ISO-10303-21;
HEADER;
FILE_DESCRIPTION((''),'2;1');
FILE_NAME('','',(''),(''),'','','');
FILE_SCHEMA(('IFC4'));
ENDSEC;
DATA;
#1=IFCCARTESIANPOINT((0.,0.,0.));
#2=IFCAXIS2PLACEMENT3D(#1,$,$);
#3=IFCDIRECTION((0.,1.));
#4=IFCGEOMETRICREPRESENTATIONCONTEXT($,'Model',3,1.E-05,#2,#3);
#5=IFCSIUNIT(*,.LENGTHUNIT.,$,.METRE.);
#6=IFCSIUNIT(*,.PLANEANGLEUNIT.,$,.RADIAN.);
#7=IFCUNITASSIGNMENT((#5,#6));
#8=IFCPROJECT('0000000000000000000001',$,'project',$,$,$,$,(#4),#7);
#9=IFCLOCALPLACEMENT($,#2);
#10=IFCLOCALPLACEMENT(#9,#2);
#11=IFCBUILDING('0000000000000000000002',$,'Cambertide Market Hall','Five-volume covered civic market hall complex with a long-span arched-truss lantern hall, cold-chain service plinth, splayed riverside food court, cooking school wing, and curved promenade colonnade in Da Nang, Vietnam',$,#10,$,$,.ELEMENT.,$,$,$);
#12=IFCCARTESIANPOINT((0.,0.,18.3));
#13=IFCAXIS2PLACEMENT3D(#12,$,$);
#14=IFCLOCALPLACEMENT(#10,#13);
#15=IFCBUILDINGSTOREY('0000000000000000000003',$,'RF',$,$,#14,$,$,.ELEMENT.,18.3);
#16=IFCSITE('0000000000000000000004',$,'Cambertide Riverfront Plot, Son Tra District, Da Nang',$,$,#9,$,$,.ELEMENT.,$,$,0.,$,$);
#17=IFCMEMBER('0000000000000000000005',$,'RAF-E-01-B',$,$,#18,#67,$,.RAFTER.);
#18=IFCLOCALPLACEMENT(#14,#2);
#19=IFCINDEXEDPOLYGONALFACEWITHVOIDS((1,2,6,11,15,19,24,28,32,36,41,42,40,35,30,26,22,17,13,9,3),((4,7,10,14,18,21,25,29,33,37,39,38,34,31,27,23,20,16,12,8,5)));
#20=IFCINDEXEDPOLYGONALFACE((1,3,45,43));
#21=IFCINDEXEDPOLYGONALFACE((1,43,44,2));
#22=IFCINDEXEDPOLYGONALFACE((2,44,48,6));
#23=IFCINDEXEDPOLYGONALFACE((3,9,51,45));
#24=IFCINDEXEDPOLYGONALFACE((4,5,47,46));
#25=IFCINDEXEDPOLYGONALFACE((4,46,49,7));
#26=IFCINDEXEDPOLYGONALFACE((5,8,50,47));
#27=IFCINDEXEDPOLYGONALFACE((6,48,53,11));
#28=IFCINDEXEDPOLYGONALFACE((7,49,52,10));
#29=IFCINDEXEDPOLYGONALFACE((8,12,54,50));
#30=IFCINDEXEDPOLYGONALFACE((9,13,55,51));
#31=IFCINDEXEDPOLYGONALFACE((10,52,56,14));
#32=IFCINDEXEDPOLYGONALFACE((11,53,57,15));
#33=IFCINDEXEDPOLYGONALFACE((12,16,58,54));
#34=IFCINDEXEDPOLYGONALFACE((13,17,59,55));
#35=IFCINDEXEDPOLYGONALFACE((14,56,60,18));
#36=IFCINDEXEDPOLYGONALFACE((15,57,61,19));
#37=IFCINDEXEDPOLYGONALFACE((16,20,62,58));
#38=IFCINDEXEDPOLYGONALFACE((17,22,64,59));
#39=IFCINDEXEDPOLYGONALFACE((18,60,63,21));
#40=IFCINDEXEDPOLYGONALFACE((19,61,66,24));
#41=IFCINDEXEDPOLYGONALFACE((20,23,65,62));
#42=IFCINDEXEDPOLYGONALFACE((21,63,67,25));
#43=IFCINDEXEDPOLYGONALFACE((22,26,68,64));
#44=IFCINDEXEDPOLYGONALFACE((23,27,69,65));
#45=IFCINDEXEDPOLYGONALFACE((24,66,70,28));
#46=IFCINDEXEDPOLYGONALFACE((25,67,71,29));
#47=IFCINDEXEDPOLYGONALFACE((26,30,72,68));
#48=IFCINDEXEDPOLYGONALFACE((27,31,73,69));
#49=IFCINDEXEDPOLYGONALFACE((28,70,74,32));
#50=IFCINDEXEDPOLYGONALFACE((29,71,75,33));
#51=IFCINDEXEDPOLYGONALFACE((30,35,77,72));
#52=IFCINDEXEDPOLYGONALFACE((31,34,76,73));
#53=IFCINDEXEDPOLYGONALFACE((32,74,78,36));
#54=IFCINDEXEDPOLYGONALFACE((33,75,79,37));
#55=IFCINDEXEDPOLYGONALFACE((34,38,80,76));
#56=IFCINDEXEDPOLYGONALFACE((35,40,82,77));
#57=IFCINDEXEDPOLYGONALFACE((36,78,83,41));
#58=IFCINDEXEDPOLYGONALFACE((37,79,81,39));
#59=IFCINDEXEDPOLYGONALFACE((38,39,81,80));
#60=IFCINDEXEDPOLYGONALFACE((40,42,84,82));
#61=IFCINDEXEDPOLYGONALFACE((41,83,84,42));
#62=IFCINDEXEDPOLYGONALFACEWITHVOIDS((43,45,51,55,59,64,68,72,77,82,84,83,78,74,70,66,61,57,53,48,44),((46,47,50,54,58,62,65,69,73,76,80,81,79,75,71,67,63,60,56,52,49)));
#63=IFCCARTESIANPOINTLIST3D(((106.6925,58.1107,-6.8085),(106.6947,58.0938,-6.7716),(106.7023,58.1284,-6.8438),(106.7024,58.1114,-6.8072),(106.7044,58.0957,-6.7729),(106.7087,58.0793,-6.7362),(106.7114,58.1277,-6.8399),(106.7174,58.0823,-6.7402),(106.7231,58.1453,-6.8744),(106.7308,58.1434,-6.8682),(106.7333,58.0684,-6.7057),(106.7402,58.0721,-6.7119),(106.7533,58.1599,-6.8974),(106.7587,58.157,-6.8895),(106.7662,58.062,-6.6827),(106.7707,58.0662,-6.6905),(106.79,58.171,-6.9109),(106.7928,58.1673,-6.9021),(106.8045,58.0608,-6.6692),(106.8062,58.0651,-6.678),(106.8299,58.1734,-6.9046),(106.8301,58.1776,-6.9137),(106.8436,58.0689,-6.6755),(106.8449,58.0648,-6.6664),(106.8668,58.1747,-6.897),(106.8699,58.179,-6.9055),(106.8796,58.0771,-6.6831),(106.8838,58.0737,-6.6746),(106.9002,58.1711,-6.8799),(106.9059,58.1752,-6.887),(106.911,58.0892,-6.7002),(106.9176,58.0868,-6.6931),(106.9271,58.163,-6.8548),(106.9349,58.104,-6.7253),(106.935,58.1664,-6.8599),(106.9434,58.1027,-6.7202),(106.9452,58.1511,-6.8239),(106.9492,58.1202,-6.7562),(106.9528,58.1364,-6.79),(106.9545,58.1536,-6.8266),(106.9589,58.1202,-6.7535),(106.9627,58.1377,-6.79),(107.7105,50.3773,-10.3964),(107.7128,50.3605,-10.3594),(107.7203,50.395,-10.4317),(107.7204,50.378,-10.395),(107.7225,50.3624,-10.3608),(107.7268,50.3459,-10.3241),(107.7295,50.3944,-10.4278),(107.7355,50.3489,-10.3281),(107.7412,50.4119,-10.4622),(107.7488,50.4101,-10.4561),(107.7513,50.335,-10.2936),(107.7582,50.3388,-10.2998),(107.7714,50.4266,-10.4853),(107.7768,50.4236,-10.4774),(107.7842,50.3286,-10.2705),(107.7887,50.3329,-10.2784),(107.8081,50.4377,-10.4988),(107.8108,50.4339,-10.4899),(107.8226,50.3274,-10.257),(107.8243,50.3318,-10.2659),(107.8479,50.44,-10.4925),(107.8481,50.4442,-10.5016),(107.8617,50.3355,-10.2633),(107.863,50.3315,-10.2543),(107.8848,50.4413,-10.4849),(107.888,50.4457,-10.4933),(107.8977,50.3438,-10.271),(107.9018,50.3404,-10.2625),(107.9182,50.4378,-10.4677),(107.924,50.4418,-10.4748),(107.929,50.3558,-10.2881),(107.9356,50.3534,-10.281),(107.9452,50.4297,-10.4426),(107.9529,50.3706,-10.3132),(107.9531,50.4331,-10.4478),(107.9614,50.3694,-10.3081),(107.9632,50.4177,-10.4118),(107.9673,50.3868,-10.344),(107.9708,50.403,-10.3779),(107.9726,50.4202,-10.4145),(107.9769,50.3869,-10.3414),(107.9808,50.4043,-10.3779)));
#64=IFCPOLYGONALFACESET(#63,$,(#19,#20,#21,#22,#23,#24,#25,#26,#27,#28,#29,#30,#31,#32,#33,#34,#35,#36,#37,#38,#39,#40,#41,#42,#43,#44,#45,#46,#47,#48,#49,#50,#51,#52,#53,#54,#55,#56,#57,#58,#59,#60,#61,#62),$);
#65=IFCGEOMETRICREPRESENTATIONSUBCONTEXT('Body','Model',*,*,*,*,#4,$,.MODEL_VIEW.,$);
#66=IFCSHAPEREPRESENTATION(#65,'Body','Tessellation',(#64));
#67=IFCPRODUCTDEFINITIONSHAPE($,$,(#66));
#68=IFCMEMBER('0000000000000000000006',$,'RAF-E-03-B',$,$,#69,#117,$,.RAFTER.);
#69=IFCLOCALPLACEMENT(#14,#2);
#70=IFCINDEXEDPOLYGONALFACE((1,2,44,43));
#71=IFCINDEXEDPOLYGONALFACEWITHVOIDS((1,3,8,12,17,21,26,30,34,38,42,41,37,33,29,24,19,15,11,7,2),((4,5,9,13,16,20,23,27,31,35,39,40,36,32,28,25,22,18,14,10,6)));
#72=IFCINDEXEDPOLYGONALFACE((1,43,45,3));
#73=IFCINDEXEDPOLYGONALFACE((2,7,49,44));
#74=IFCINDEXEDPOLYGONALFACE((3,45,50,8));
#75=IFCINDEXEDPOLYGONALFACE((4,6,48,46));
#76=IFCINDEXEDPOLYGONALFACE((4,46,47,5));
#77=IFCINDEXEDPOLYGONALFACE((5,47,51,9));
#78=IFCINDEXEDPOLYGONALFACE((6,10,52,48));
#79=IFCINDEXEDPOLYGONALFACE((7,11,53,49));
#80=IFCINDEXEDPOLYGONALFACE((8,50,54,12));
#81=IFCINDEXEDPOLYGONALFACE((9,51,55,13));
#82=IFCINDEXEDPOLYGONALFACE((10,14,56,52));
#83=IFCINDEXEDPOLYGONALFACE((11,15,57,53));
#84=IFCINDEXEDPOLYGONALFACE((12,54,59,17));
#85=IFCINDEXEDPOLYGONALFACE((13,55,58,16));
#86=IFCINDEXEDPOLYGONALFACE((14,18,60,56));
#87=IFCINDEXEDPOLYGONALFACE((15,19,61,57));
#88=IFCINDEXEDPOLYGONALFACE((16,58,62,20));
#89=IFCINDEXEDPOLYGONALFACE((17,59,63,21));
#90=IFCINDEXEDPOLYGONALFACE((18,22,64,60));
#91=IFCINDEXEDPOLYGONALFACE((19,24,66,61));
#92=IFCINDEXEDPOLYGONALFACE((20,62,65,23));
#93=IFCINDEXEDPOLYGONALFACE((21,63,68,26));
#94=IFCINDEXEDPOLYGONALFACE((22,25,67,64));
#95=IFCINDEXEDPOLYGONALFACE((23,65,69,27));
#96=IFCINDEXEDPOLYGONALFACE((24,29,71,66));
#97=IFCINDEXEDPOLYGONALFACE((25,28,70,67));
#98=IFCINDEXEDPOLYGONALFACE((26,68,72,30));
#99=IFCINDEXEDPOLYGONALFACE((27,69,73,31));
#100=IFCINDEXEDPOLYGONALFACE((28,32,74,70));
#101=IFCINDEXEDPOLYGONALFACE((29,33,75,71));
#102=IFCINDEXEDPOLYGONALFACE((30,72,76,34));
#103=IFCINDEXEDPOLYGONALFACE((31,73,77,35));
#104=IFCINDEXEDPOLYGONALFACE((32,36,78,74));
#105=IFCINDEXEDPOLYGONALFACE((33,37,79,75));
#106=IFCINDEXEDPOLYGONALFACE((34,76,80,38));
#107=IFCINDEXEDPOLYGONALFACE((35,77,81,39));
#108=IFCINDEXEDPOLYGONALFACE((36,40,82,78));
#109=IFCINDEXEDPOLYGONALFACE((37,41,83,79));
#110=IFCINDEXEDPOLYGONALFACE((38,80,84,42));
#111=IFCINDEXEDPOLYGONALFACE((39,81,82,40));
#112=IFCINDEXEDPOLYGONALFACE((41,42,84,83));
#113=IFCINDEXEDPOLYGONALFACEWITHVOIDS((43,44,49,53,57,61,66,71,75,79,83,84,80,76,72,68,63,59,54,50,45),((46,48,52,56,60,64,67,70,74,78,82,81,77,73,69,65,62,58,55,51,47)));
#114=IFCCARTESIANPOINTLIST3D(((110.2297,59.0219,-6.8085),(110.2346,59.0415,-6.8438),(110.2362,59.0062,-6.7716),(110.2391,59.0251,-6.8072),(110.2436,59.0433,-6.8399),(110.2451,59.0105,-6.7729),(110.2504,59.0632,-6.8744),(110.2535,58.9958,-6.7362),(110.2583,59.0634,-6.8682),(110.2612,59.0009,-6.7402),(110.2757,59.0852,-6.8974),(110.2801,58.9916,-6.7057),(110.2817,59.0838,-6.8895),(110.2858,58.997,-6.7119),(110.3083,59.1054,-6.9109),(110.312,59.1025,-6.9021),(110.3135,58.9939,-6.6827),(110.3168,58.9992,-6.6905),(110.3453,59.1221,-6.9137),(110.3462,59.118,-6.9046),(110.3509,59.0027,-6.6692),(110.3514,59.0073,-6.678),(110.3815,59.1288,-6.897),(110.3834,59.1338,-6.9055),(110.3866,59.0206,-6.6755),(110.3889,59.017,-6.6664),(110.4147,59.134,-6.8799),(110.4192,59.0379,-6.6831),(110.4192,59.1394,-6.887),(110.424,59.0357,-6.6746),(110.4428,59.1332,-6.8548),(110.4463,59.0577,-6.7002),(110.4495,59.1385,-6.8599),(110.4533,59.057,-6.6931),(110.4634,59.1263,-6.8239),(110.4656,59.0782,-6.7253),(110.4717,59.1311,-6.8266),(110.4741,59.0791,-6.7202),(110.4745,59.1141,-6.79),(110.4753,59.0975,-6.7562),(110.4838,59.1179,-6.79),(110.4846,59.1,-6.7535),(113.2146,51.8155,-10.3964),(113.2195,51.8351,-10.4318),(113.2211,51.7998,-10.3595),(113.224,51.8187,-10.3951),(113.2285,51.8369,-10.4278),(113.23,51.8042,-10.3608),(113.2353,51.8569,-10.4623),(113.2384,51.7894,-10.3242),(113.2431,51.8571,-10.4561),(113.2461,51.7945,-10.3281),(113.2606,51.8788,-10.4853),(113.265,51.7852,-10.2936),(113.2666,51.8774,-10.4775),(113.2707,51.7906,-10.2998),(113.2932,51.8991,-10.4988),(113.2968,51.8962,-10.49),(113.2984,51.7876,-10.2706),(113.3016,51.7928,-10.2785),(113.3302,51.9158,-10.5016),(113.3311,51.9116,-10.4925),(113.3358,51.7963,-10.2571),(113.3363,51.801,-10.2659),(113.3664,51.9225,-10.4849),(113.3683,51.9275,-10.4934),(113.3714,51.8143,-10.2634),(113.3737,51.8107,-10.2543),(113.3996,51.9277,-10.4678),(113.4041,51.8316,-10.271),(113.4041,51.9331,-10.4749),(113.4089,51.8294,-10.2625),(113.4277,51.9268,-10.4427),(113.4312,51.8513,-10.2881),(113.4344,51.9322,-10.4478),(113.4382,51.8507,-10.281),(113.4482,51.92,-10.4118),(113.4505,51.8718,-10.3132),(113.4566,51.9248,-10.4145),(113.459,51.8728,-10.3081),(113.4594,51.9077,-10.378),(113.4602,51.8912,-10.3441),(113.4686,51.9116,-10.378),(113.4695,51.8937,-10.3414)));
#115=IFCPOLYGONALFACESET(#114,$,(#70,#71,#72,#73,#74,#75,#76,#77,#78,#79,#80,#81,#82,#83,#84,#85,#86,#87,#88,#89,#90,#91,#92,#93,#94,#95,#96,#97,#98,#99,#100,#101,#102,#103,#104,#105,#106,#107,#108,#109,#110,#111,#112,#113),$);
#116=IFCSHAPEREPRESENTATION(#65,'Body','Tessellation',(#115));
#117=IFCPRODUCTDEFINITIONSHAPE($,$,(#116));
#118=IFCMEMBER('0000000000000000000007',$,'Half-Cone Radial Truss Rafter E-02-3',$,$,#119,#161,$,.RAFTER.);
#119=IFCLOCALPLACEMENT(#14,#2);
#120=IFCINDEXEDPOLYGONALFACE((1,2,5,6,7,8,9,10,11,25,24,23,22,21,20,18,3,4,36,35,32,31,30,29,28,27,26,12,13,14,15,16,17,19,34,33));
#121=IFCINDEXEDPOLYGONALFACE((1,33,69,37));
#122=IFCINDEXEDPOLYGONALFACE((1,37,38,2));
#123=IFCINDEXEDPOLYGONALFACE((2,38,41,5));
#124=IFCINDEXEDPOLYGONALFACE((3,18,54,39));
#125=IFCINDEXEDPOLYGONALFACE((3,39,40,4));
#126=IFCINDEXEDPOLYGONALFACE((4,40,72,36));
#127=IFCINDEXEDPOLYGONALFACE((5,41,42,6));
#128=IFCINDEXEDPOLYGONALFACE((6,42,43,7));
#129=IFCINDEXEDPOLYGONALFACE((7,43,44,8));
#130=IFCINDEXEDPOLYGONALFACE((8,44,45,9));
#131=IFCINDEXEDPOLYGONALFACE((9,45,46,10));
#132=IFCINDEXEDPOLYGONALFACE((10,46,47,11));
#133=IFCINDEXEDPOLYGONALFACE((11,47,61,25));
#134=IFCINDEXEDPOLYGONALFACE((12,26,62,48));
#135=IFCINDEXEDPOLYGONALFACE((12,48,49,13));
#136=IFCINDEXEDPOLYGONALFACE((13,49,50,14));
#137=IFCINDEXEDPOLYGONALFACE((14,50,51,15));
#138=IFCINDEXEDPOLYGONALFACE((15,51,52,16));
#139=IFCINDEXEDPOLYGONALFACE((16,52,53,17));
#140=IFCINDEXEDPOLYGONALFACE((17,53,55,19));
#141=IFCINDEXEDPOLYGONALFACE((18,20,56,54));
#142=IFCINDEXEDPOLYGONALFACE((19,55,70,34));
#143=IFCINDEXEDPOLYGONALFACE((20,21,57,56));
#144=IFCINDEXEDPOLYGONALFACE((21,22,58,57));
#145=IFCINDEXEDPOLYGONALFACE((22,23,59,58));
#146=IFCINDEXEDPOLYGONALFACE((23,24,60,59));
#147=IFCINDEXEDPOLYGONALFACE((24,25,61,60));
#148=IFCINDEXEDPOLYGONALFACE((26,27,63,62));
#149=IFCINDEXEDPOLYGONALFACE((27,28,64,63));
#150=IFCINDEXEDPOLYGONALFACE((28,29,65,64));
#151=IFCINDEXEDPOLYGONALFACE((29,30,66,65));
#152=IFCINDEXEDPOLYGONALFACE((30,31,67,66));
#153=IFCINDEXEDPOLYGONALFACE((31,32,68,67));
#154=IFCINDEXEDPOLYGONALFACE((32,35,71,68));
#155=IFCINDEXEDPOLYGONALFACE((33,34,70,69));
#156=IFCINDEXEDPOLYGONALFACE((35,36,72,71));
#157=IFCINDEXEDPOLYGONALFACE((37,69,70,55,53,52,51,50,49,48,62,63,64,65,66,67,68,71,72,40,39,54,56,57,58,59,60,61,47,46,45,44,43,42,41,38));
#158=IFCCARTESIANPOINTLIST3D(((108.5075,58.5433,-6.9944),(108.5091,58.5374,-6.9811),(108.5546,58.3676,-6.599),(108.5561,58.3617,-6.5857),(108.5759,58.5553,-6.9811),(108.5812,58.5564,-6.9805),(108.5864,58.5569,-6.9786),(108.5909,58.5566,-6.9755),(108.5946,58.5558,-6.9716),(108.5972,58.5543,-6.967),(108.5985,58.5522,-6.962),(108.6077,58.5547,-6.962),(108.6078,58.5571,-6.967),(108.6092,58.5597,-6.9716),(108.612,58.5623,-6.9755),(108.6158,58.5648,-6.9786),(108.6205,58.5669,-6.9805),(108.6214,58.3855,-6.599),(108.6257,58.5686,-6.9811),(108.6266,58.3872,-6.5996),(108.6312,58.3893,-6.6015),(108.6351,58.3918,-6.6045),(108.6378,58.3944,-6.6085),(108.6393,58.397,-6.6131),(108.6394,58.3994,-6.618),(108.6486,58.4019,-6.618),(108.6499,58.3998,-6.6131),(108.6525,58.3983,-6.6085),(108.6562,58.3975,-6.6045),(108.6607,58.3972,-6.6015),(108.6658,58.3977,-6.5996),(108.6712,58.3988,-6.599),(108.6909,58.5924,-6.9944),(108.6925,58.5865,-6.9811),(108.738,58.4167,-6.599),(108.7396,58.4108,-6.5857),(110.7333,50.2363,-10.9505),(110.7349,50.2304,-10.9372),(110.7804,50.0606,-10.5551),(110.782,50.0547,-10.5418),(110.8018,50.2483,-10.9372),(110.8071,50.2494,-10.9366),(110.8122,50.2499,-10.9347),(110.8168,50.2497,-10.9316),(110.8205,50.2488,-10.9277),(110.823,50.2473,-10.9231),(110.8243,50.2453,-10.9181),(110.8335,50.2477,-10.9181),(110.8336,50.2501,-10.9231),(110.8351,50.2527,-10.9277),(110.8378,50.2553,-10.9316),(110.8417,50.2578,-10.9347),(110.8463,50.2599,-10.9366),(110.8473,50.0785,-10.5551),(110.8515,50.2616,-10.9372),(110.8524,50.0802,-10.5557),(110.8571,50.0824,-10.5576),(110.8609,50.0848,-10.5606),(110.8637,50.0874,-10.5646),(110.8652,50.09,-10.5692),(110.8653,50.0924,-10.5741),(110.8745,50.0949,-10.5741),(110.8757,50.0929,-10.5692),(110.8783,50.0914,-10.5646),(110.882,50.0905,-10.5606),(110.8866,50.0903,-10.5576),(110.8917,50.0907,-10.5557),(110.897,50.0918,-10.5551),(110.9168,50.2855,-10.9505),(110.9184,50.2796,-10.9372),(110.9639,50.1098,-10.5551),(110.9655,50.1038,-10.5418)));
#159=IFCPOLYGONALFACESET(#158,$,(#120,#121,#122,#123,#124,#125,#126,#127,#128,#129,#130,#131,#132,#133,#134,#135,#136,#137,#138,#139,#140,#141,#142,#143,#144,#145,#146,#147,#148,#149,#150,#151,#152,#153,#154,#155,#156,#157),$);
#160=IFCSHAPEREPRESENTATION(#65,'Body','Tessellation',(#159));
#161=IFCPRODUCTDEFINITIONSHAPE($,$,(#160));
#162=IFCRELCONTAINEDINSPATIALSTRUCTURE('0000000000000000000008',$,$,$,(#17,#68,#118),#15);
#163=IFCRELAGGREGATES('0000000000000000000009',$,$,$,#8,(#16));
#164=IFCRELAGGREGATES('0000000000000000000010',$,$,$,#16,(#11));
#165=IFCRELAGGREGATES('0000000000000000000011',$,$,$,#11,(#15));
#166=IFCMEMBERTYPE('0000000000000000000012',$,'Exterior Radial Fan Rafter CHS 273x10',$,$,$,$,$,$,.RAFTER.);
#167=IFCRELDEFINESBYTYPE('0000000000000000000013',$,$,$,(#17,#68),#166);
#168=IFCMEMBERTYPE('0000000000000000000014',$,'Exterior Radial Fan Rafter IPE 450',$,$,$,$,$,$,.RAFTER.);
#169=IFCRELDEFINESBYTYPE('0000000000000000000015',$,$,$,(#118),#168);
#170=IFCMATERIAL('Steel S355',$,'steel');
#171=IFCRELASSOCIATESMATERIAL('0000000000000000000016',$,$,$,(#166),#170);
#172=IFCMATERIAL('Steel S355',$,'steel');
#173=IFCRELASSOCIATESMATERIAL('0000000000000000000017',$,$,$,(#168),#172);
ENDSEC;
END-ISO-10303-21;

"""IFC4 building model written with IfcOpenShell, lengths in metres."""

from ifc_helpers import new_model, si_unit, direction, frame, origin, origin_2d, place, context, subcontext, project, spatial, hollow_circle, i_section, extrude, material, material_profile, profile_set, type_object, element, save


model = new_model("IFC4")

# Units and contexts
model_context = context("Model", 3, precision=1e-05, world=origin(), true_north=direction((0.0, 1.0)))
body_context = subcontext(model_context, "Body", "Model", "MODEL_VIEW")
ifc_project = project(units=[si_unit("LENGTHUNIT", "METRE"), si_unit("PLANEANGLEUNIT", "RADIAN")], contexts=[model_context])

# Site, building, storey
site_placement = place(None, origin())
site = spatial("IfcSite", under=ifc_project, at=site_placement, Name="Cambertide Riverfront Plot, Son Tra District, Da Nang", CompositionType="ELEMENT", RefElevation=0.0)
building_placement = place(site_placement, origin())
building = spatial("IfcBuilding", under=site, at=building_placement, Name="Cambertide Market Hall", Description="Five-volume covered civic market hall complex with a long-span arched-truss lantern hall, cold-chain service plinth, splayed riverside food court, cooking school wing, and curved promenade colonnade in Da Nang, Vietnam", CompositionType="ELEMENT")
storey_placement = place(building_placement, frame((0.0, 0.0, 18.3)))
storey = spatial("IfcBuildingStorey", under=building, at=storey_placement, Name="RF", CompositionType="ELEMENT", Elevation=18.3)

# Members
ifc_material_1 = material(Name="Steel S355", Category="steel")
ifc_material_profile_1 = material_profile(ifc_material_1, hollow_circle(Radius=0.1365, WallThickness=0.01, at=origin_2d()), Name="CHS 273x10")
ifc_profile_set_1 = profile_set([ifc_material_profile_1], Name="Steel S355")
member_type_1 = type_object("IfcMemberType", Name="Exterior Radial Fan Rafter CHS 273x10", PredefinedType="RAFTER", material=ifc_profile_set_1)
for number, where, z_axis, x_axis, name in (
    (1, (106.8274, 58.1199, -6.79), (0.118576, -0.900726, -0.41789), (0.991446, 0.130519, 0.0), "RAF-E-01-B"),
    (2, (110.3577, 59.0657, -6.79), (0.347658, -0.839344, -0.417895), (0.923883, 0.382674, 0.0), "RAF-E-03-B"),
):
    element("IfcMember", number, at=place(storey_placement, frame(where, z_axis=z_axis, x_axis=x_axis)), inside=storey, type_object=member_type_1, Name=name, PredefinedType="RAFTER", context=body_context, shape_type="SweptSolid", body=[
        extrude(hollow_circle(Radius=0.1365, WallThickness=0.01, at=origin_2d()), origin(), (0.0, 0.0, 1.0), 8.5857),
    ])
ifc_material_2 = material(Name="Steel S355", Category="steel")
ifc_material_profile_2 = material_profile(ifc_material_2, i_section(OverallWidth=0.1899, OverallDepth=0.45, WebThickness=0.0095, FlangeThickness=0.0146, FilletRadius=0.021, at=origin_2d()), Name="IPE 450")
ifc_profile_set_2 = profile_set([ifc_material_profile_2], Name="Steel S355")
member_type_2 = type_object("IfcMemberType", Name="Exterior Radial Fan Rafter IPE 450", PredefinedType="RAFTER", material=ifc_profile_set_2)
member_1_placement = place(storey_placement, frame((108.6235, 58.4771, -6.79), z_axis=(0.235134, -0.877531, -0.417914), x_axis=(0.965926, 0.25882, 0.0)))
element("IfcMember", 3, at=member_1_placement, inside=storey, type_object=member_type_2, Name="Half-Cone Radial Truss Rafter E-02-3", PredefinedType="RAFTER", context=body_context, shape_type="SweptSolid", body=[
    extrude(i_section(OverallWidth=0.1899, OverallDepth=0.45, WebThickness=0.0095, FlangeThickness=0.0146, FilletRadius=0.021, at=origin_2d()), origin(), (0.0, 0.0, 1.0), 9.4663),
])

save(model, "model.ifc")
